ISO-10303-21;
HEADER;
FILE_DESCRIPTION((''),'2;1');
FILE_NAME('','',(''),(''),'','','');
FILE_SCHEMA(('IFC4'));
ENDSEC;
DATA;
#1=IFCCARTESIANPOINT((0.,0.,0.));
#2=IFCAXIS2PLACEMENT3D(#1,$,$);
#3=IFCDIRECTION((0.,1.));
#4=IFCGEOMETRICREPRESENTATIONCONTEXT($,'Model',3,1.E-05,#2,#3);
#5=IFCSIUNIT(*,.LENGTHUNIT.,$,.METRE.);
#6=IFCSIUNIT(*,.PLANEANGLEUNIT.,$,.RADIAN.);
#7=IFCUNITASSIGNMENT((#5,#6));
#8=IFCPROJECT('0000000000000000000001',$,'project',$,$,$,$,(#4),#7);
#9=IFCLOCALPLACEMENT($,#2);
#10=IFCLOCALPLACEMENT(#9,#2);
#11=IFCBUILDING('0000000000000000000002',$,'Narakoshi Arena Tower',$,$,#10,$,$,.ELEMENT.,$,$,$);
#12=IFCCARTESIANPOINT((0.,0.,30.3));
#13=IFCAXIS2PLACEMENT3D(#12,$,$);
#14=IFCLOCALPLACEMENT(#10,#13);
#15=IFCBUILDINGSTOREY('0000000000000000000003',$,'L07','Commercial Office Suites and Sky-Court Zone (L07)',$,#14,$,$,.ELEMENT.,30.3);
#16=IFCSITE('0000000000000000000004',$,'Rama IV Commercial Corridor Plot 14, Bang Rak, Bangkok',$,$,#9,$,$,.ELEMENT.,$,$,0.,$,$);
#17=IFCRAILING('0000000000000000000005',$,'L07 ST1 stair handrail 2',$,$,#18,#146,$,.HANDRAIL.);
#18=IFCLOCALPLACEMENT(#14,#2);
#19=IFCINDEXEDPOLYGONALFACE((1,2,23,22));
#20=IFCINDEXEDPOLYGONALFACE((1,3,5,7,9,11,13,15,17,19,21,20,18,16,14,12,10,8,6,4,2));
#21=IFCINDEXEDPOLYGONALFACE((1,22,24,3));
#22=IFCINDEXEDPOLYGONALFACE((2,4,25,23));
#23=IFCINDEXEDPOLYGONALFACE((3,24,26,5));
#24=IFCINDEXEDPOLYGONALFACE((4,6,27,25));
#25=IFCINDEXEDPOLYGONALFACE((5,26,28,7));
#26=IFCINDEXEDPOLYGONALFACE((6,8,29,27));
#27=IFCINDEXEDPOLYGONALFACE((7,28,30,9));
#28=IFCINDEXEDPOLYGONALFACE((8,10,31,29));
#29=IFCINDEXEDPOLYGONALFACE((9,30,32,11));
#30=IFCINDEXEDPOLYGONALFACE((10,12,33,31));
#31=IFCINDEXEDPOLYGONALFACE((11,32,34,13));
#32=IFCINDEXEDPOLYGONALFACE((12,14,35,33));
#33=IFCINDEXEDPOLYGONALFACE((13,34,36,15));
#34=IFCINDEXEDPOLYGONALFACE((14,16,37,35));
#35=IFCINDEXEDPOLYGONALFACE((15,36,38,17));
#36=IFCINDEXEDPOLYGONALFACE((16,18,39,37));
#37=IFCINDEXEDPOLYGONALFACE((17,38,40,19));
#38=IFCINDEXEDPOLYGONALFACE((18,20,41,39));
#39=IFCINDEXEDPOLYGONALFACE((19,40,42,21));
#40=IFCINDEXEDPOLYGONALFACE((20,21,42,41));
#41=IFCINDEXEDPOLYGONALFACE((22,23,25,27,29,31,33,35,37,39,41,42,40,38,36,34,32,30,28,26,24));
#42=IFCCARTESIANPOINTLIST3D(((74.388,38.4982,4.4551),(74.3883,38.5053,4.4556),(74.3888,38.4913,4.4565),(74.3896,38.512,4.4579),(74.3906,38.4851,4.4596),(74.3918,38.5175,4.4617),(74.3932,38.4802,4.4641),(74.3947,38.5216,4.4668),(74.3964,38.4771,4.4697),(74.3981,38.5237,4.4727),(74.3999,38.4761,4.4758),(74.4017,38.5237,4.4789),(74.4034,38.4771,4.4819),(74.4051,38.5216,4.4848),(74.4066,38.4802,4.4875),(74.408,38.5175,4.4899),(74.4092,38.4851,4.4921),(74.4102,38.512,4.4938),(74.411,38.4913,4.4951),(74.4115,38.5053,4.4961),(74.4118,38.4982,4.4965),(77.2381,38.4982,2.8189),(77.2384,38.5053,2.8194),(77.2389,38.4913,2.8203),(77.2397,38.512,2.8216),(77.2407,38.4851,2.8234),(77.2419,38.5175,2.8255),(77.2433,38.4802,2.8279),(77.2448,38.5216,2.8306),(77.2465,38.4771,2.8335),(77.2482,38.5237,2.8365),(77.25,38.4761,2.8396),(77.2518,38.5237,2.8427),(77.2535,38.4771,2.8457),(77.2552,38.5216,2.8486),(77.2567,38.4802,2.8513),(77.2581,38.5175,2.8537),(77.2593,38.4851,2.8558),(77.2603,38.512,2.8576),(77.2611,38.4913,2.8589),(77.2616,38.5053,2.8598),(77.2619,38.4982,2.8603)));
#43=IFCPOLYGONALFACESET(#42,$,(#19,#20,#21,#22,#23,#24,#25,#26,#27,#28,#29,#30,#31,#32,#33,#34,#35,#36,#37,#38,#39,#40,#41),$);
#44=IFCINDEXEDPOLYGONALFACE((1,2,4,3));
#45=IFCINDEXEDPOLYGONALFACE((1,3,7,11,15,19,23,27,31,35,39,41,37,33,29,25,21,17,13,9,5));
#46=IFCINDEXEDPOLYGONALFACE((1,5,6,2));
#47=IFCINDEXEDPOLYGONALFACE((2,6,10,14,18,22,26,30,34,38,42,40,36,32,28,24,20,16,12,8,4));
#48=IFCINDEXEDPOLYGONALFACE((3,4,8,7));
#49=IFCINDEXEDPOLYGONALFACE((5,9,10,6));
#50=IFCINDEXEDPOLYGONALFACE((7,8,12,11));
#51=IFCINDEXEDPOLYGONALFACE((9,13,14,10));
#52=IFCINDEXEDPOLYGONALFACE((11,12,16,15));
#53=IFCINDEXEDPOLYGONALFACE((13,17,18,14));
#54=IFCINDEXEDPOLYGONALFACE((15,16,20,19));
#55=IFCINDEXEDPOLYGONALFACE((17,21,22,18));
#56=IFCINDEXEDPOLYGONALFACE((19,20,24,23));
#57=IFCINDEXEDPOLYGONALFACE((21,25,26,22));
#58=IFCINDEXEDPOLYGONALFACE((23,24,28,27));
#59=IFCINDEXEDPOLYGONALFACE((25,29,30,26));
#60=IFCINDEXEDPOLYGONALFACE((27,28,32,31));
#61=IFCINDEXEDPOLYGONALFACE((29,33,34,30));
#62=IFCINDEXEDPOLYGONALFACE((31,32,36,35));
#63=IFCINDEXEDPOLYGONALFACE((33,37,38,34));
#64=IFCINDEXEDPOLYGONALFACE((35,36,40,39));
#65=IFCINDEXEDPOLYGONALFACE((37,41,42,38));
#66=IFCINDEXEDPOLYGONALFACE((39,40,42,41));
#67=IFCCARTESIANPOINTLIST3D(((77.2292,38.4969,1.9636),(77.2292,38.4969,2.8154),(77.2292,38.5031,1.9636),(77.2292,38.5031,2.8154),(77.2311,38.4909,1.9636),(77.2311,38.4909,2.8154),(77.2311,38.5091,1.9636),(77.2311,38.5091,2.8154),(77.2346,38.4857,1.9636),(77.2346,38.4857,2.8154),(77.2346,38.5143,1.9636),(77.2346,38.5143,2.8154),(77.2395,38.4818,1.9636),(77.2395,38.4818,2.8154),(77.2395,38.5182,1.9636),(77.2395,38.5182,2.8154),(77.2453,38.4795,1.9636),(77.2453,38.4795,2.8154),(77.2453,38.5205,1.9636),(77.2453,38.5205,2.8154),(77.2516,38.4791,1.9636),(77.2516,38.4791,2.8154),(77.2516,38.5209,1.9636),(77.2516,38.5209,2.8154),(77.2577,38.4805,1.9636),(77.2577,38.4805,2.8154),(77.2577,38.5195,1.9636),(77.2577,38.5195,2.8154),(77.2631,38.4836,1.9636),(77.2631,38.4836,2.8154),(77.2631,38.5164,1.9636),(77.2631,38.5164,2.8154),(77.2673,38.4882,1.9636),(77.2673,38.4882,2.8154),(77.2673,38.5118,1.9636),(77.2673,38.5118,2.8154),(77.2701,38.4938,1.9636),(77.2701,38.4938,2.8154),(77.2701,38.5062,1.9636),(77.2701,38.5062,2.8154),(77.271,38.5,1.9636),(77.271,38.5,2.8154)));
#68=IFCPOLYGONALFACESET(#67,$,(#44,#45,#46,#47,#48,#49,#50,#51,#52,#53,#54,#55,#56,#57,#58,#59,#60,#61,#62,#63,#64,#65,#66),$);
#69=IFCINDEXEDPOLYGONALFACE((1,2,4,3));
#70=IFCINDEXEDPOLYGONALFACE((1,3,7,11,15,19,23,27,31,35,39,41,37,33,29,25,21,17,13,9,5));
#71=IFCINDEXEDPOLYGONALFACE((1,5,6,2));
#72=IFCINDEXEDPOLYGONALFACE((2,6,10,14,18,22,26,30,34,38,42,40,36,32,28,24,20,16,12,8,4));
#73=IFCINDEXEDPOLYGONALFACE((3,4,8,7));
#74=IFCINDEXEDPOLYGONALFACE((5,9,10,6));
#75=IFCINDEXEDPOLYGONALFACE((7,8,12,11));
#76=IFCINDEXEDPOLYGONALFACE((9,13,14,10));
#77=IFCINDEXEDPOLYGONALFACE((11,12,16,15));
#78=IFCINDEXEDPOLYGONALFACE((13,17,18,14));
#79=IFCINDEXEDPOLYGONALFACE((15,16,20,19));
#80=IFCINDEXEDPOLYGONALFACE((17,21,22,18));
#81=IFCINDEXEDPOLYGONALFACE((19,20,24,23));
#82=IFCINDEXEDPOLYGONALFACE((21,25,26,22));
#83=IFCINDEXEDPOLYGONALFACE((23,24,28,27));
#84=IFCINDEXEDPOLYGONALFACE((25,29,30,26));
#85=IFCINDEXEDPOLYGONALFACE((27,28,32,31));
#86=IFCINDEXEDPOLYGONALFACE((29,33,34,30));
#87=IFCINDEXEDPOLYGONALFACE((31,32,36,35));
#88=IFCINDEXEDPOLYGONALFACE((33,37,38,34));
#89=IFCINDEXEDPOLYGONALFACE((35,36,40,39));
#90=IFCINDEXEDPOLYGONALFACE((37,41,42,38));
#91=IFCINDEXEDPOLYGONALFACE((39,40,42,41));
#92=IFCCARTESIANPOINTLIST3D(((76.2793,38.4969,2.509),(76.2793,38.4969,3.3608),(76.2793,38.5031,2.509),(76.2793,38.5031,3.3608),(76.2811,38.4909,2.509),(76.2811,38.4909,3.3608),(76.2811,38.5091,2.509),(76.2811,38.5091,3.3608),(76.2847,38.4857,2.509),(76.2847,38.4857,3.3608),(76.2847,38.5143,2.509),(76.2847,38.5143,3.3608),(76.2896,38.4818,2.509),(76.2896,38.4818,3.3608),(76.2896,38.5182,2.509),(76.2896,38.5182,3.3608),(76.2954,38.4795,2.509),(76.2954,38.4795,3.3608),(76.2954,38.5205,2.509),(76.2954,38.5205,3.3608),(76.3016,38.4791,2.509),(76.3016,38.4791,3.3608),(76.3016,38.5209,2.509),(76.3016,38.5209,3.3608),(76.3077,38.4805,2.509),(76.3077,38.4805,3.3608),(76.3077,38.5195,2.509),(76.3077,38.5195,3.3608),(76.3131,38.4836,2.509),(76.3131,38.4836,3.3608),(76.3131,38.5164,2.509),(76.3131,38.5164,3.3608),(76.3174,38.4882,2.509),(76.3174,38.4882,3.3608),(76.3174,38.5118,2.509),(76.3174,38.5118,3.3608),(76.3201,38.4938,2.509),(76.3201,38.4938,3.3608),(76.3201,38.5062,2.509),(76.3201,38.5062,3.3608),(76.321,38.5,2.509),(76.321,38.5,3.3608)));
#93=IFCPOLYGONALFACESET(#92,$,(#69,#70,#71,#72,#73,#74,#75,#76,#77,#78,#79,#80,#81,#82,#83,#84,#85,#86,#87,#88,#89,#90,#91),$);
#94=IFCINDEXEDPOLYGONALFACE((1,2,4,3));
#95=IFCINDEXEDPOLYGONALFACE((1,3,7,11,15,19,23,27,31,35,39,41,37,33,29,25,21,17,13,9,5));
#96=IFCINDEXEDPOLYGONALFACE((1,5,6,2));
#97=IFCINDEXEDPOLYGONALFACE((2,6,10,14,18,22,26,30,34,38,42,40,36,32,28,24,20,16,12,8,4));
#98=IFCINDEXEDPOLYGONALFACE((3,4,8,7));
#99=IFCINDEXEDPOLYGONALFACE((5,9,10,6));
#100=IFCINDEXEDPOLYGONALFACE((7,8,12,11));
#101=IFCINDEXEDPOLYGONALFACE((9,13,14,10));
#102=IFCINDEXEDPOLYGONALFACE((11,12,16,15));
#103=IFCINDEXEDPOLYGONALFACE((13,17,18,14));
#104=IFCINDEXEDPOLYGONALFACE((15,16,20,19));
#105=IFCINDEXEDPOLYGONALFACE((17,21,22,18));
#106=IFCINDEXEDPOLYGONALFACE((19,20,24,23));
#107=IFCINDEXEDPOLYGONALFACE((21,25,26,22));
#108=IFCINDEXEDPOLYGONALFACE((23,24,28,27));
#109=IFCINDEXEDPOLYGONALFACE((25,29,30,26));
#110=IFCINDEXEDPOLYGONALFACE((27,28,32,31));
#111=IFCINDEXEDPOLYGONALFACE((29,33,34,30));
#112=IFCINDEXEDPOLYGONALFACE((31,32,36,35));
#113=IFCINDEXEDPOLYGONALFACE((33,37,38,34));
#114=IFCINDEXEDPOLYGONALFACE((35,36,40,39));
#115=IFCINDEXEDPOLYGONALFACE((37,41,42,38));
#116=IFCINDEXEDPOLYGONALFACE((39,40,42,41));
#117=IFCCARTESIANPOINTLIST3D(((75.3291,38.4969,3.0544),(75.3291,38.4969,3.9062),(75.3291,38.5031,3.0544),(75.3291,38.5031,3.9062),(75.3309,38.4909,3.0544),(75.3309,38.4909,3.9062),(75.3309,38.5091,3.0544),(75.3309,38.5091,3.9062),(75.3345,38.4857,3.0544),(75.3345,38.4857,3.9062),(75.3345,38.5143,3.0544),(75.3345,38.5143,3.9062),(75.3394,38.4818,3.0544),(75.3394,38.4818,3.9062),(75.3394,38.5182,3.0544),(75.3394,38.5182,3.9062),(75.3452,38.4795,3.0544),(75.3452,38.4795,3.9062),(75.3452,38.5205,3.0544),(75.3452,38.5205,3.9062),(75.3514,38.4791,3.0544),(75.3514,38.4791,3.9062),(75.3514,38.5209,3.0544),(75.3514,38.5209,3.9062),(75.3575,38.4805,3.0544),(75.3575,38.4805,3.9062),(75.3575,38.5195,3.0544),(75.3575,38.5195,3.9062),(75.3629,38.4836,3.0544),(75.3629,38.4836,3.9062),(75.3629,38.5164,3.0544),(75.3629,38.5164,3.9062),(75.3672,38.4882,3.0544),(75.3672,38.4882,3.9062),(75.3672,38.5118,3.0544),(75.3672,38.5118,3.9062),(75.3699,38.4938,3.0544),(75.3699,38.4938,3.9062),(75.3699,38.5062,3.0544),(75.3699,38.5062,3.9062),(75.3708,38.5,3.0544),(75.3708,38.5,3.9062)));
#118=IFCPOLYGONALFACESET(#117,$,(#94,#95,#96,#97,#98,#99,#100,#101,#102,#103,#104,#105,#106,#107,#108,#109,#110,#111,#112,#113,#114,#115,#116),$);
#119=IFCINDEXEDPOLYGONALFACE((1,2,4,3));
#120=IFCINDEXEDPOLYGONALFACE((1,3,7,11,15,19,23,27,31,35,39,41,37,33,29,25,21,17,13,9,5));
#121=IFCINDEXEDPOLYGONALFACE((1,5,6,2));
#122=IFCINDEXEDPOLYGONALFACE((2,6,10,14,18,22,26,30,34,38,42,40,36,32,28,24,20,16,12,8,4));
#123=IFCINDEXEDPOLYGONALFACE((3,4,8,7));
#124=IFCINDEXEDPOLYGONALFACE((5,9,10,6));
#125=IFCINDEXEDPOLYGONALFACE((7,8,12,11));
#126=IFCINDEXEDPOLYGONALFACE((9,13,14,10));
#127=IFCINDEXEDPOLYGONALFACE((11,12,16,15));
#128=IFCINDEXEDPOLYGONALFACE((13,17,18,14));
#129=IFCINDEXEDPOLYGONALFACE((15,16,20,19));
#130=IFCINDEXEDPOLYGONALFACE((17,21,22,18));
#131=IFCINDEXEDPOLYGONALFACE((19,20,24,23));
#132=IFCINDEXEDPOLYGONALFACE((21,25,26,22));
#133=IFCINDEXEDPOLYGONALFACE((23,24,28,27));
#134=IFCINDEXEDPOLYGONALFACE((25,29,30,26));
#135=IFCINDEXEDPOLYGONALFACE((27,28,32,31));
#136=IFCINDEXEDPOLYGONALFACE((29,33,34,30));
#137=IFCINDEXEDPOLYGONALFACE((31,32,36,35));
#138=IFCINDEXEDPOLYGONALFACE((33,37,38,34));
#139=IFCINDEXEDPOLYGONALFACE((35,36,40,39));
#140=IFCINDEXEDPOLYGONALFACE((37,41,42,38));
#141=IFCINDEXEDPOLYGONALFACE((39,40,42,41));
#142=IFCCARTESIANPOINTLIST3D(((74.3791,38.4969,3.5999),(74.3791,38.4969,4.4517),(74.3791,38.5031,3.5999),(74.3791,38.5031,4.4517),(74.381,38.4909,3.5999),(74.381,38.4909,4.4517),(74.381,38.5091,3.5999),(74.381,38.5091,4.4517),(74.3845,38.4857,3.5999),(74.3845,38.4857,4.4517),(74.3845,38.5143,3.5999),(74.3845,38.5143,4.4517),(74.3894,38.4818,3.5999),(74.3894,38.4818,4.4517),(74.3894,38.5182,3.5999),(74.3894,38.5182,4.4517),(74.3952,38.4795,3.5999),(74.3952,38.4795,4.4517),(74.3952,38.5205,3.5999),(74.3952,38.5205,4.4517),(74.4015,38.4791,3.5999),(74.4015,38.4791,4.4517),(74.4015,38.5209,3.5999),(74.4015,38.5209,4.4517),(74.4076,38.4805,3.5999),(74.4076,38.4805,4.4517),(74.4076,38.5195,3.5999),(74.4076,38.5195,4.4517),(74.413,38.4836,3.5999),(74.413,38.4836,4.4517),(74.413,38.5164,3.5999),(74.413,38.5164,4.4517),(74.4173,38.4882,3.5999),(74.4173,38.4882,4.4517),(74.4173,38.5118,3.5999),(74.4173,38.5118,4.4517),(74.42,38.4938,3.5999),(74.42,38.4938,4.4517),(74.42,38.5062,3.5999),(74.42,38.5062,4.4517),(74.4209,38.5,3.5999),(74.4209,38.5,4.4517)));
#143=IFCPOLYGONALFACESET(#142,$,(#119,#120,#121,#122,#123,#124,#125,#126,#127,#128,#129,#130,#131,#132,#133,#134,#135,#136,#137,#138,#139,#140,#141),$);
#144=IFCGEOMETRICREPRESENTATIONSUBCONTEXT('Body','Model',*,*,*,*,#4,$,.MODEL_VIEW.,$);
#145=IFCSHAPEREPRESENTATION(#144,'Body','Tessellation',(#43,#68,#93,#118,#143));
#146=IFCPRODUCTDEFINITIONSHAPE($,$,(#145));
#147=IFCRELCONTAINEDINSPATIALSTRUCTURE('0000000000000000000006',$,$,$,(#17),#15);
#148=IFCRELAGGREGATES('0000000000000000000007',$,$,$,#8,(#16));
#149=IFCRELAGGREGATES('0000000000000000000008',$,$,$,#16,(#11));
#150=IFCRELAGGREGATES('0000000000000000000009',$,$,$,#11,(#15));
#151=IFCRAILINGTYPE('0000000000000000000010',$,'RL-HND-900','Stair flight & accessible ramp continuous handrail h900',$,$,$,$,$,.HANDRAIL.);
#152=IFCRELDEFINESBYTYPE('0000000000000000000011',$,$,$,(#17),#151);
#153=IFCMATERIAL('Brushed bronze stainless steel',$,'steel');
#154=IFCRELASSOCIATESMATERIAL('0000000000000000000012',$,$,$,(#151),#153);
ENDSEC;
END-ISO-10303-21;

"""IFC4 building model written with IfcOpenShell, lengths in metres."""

from ifc_helpers import new_model, si_unit, direction, frame, origin, origin_2d, place, context, subcontext, project, spatial, circle, extrude, material, type_object, element, save


model = new_model("IFC4")

# Units and contexts
model_context = context("Model", 3, precision=1e-05, world=origin(), true_north=direction((0.0, 1.0)))
body_context = subcontext(model_context, "Body", "Model", "MODEL_VIEW")
ifc_project = project(units=[si_unit("LENGTHUNIT", "METRE"), si_unit("PLANEANGLEUNIT", "RADIAN")], contexts=[model_context])

# Site, building, storey
site_placement = place(None, origin())
site = spatial("IfcSite", under=ifc_project, at=site_placement, Name="Rama IV Commercial Corridor Plot 14, Bang Rak, Bangkok", CompositionType="ELEMENT", RefElevation=0.0)
building_placement = place(site_placement, origin())
building = spatial("IfcBuilding", under=site, at=building_placement, Name="Narakoshi Arena Tower", CompositionType="ELEMENT")
storey_placement = place(building_placement, frame((0.0, 0.0, 30.3)))
storey = spatial("IfcBuildingStorey", under=building, at=storey_placement, Name="L07", Description="Commercial Office Suites and Sky-Court Zone (L07)", CompositionType="ELEMENT", Elevation=30.3)

# Shared definitions
ifc_material_1 = material(Name="Brushed bronze stainless steel", Category="steel")

# Railing
railing_type_1 = type_object("IfcRailingType", Name="RL-HND-900", Description="Stair flight & accessible ramp continuous handrail h900", PredefinedType="HANDRAIL", material=ifc_material_1)
railing_1_placement = place(storey_placement, frame((77.25, 38.5, 1.9636)))
element("IfcRailing", 1, at=railing_1_placement, inside=storey, type_object=railing_type_1, Name="L07 ST1 stair handrail 2", PredefinedType="HANDRAIL", context=body_context, shape_type="SweptSolid", body=[
    extrude(circle(Radius=0.0239, at=origin_2d()), frame((0.0, 0.0, 0.876), z_axis=(-0.867245, 0.0, 0.497882), x_axis=(0.0, -1.0, 0.0)), (0.0, 0.0, 1.0), 3.2864),
    extrude(circle(Radius=0.021, at=origin_2d()), origin(), (0.0, 0.0, 1.0), 0.8518),
    extrude(circle(Radius=0.021, at=origin_2d()), frame((-0.95, 0.0, 0.5454)), (0.0, 0.0, 1.0), 0.8518),
    extrude(circle(Radius=0.021, at=origin_2d()), frame((-1.9001, 0.0, 1.0908)), (0.0, 0.0, 1.0), 0.8518),
    extrude(circle(Radius=0.021, at=origin_2d()), frame((-2.8501, 0.0, 1.6362)), (0.0, 0.0, 1.0), 0.8518),
])

save(model, "model.ifc")
